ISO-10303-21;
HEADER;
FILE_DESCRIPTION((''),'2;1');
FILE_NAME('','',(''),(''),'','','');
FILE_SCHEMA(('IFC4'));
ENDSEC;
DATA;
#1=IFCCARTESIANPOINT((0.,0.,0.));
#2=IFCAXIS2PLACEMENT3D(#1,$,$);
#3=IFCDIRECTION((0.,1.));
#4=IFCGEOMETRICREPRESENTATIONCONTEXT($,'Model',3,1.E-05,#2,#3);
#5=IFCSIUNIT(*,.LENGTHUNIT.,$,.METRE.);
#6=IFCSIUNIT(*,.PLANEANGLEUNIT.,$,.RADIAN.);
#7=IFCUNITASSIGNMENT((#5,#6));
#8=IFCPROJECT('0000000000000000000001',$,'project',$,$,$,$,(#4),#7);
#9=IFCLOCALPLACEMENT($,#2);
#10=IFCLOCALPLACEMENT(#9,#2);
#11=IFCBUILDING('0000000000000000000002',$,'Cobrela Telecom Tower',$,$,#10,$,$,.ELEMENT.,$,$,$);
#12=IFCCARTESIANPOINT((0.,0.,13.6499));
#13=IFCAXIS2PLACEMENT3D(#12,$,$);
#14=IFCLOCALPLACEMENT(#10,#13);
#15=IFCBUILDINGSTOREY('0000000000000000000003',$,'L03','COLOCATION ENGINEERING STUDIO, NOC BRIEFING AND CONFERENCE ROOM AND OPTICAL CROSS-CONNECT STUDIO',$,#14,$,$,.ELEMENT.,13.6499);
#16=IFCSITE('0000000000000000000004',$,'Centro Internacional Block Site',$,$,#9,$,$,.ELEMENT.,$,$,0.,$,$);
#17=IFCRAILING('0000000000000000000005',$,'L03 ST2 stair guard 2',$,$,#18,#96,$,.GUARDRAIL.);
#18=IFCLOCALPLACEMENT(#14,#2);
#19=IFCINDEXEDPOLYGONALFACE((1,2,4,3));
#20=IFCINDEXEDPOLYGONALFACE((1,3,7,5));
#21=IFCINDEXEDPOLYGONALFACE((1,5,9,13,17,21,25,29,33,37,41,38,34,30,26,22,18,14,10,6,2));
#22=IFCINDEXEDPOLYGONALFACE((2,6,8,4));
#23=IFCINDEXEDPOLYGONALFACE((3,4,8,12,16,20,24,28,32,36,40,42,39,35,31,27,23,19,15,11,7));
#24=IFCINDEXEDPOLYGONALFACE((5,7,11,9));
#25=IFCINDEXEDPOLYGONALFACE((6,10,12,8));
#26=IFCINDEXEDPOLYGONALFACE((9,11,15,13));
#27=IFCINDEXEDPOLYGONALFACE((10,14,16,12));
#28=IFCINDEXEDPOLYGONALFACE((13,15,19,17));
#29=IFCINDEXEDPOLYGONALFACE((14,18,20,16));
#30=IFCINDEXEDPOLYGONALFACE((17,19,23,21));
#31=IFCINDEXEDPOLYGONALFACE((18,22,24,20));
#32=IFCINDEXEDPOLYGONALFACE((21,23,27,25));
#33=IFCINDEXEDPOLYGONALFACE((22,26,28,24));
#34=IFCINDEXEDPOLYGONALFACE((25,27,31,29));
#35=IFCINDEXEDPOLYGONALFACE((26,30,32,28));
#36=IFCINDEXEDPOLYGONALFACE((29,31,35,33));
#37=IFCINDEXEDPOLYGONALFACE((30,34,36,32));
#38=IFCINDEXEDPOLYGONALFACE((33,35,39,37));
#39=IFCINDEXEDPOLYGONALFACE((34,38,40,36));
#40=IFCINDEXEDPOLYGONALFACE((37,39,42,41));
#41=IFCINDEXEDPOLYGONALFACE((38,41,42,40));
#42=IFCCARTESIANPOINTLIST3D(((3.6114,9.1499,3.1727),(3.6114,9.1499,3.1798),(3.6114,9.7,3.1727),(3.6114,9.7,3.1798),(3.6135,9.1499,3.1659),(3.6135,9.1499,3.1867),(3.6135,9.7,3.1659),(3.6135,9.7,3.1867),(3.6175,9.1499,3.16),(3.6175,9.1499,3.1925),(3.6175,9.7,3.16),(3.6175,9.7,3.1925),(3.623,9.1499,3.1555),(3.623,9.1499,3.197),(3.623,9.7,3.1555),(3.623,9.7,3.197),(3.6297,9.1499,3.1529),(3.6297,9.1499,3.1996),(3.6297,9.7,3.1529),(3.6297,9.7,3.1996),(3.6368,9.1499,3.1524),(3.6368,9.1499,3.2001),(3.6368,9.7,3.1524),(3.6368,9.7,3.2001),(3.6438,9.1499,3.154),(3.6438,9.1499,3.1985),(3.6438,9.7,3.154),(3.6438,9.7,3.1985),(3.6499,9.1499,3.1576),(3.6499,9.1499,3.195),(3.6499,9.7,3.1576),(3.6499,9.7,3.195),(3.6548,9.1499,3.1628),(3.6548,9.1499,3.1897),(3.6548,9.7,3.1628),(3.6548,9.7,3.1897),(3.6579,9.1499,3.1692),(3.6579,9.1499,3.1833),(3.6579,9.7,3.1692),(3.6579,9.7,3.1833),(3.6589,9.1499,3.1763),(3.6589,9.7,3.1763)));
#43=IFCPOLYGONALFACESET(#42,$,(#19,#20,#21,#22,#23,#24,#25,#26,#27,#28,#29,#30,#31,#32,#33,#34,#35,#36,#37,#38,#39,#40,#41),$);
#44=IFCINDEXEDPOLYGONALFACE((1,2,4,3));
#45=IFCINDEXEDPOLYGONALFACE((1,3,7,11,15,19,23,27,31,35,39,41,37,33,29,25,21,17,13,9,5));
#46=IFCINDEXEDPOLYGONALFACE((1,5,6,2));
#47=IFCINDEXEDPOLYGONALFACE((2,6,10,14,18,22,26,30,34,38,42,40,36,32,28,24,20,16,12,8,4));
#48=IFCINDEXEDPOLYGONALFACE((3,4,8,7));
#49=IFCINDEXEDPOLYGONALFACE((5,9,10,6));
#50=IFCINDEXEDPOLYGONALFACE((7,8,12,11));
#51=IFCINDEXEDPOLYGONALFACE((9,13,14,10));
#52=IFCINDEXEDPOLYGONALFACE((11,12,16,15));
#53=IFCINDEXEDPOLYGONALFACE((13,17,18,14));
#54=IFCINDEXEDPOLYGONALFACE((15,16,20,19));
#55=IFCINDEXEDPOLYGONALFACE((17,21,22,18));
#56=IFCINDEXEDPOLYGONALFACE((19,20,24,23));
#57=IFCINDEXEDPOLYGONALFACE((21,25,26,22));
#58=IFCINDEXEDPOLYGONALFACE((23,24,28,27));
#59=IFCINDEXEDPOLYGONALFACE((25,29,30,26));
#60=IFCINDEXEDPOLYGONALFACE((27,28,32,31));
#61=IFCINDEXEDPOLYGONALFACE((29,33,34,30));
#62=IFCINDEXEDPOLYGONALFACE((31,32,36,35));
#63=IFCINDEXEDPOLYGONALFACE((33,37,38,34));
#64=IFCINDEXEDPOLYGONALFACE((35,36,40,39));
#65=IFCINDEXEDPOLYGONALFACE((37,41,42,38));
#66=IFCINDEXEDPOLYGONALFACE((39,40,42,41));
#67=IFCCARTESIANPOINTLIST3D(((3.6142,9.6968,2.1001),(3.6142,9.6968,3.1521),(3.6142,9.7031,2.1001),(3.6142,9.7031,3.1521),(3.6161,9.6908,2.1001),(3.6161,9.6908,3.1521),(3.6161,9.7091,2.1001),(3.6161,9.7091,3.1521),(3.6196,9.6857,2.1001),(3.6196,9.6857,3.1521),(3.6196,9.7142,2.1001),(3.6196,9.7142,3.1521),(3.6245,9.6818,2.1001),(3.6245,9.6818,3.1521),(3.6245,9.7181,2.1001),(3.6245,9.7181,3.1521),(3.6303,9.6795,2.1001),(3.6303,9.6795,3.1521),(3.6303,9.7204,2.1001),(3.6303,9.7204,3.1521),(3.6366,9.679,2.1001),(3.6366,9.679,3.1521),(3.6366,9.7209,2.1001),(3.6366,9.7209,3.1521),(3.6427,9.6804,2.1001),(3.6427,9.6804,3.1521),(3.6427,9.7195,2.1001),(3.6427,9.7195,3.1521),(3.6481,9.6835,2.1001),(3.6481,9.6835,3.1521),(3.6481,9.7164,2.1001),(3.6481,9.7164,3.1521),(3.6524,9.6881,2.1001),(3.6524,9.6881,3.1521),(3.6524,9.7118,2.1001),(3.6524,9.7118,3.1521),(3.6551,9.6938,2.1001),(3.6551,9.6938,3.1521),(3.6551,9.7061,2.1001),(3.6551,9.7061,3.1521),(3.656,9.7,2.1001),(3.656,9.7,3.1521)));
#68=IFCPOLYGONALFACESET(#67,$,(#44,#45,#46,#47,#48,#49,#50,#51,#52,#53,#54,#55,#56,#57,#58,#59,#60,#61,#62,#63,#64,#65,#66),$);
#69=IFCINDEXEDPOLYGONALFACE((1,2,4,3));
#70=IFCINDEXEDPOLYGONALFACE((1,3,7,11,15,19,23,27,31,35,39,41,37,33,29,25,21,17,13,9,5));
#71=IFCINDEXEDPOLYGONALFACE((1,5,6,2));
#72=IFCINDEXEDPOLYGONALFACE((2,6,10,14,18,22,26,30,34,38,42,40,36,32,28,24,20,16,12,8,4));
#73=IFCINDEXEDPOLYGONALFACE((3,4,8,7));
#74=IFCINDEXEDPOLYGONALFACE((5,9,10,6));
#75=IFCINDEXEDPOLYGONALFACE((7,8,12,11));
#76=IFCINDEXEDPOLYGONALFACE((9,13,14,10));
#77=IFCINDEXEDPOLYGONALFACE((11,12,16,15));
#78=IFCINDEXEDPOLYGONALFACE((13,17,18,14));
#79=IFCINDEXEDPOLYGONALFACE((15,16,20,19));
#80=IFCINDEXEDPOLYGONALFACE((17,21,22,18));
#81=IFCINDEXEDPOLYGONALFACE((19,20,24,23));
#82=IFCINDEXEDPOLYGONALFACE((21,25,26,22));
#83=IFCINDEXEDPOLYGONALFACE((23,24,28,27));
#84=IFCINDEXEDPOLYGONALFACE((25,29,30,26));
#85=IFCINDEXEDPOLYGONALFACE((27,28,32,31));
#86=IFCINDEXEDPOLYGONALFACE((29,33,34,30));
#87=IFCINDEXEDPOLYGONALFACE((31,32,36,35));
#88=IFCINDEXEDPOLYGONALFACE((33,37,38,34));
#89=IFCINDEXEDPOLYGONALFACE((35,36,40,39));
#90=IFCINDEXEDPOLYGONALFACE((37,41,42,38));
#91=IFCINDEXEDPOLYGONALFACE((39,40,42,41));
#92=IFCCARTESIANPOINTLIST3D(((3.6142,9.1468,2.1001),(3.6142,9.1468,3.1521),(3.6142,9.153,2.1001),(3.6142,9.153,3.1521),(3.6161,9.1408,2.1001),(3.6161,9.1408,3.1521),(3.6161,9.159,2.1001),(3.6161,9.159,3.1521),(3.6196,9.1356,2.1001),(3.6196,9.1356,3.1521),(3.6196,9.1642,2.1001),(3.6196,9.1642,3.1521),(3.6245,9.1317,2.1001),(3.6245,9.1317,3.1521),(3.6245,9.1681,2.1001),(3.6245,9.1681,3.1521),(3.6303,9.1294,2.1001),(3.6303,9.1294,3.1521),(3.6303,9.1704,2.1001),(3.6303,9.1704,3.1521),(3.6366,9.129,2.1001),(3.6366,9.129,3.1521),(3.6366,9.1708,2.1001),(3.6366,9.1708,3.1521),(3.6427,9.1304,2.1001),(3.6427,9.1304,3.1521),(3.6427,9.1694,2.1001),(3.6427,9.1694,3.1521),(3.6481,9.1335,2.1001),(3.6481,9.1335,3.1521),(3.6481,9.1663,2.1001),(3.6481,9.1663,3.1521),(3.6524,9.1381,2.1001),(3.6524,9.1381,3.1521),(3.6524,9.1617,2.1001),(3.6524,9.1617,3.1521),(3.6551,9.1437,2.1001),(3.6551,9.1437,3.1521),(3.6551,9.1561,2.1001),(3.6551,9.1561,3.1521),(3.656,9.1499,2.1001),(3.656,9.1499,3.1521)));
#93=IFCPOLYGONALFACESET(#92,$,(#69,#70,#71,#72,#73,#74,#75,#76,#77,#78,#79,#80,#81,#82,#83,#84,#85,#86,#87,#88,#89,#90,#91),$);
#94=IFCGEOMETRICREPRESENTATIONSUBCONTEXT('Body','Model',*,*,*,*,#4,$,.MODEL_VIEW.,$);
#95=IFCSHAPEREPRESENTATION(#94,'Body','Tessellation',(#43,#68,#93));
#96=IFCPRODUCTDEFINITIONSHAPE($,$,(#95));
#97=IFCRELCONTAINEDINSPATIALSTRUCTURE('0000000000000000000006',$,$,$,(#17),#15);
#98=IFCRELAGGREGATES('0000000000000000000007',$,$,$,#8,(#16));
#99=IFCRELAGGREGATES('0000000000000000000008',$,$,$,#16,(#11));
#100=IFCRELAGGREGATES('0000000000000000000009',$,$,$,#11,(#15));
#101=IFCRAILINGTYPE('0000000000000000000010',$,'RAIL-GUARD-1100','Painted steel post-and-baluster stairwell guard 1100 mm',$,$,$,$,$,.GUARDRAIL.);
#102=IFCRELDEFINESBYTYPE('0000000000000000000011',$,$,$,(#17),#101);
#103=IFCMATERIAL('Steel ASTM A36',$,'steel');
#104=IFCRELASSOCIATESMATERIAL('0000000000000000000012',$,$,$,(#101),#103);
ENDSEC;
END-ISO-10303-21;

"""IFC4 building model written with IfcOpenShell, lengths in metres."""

from ifc_helpers import new_model, si_unit, direction, frame, origin, origin_2d, place, context, subcontext, project, spatial, circle, extrude, material, type_object, element, save


model = new_model("IFC4")

# Units and contexts
model_context = context("Model", 3, precision=1e-05, world=origin(), true_north=direction((0.0, 1.0)))
body_context = subcontext(model_context, "Body", "Model", "MODEL_VIEW")
ifc_project = project(units=[si_unit("LENGTHUNIT", "METRE"), si_unit("PLANEANGLEUNIT", "RADIAN")], contexts=[model_context])

# Site, building, storey
site_placement = place(None, origin())
site = spatial("IfcSite", under=ifc_project, at=site_placement, Name="Centro Internacional Block Site", CompositionType="ELEMENT", RefElevation=0.0)
building_placement = place(site_placement, origin())
building = spatial("IfcBuilding", under=site, at=building_placement, Name="Cobrela Telecom Tower", CompositionType="ELEMENT")
storey_placement = place(building_placement, frame((0.0, 0.0, 13.6499)))
storey = spatial("IfcBuildingStorey", under=building, at=storey_placement, Name="L03", Description="COLOCATION ENGINEERING STUDIO, NOC BRIEFING AND CONFERENCE ROOM AND OPTICAL CROSS-CONNECT STUDIO", CompositionType="ELEMENT", Elevation=13.6499)

# Railing
ifc_material_1 = material(Name="Steel ASTM A36", Category="steel")
railing_type_1 = type_object("IfcRailingType", Name="RAIL-GUARD-1100", Description="Painted steel post-and-baluster stairwell guard 1100 mm", PredefinedType="GUARDRAIL", material=ifc_material_1)
railing_1_placement = place(storey_placement, frame((3.635, 9.7, 2.1001)))
element("IfcRailing", 1, at=railing_1_placement, inside=storey, type_object=railing_type_1, Name="L03 ST2 stair guard 2", PredefinedType="GUARDRAIL", context=body_context, shape_type="SweptSolid", body=[
    extrude(circle(Radius=0.0239, at=origin_2d()), frame((0.0, 0.0, 1.0762), z_axis=(0.0, -1.0, 0.0), x_axis=(1.0, 0.0, 0.0)), (0.0, 0.0, 1.0), 0.55),
    extrude(circle(Radius=0.021, at=origin_2d()), origin(), (0.0, 0.0, 1.0), 1.052),
    extrude(circle(Radius=0.021, at=origin_2d()), frame((0.0, -0.55, 0.0)), (0.0, 0.0, 1.0), 1.052),
])

save(model, "model.ifc")
